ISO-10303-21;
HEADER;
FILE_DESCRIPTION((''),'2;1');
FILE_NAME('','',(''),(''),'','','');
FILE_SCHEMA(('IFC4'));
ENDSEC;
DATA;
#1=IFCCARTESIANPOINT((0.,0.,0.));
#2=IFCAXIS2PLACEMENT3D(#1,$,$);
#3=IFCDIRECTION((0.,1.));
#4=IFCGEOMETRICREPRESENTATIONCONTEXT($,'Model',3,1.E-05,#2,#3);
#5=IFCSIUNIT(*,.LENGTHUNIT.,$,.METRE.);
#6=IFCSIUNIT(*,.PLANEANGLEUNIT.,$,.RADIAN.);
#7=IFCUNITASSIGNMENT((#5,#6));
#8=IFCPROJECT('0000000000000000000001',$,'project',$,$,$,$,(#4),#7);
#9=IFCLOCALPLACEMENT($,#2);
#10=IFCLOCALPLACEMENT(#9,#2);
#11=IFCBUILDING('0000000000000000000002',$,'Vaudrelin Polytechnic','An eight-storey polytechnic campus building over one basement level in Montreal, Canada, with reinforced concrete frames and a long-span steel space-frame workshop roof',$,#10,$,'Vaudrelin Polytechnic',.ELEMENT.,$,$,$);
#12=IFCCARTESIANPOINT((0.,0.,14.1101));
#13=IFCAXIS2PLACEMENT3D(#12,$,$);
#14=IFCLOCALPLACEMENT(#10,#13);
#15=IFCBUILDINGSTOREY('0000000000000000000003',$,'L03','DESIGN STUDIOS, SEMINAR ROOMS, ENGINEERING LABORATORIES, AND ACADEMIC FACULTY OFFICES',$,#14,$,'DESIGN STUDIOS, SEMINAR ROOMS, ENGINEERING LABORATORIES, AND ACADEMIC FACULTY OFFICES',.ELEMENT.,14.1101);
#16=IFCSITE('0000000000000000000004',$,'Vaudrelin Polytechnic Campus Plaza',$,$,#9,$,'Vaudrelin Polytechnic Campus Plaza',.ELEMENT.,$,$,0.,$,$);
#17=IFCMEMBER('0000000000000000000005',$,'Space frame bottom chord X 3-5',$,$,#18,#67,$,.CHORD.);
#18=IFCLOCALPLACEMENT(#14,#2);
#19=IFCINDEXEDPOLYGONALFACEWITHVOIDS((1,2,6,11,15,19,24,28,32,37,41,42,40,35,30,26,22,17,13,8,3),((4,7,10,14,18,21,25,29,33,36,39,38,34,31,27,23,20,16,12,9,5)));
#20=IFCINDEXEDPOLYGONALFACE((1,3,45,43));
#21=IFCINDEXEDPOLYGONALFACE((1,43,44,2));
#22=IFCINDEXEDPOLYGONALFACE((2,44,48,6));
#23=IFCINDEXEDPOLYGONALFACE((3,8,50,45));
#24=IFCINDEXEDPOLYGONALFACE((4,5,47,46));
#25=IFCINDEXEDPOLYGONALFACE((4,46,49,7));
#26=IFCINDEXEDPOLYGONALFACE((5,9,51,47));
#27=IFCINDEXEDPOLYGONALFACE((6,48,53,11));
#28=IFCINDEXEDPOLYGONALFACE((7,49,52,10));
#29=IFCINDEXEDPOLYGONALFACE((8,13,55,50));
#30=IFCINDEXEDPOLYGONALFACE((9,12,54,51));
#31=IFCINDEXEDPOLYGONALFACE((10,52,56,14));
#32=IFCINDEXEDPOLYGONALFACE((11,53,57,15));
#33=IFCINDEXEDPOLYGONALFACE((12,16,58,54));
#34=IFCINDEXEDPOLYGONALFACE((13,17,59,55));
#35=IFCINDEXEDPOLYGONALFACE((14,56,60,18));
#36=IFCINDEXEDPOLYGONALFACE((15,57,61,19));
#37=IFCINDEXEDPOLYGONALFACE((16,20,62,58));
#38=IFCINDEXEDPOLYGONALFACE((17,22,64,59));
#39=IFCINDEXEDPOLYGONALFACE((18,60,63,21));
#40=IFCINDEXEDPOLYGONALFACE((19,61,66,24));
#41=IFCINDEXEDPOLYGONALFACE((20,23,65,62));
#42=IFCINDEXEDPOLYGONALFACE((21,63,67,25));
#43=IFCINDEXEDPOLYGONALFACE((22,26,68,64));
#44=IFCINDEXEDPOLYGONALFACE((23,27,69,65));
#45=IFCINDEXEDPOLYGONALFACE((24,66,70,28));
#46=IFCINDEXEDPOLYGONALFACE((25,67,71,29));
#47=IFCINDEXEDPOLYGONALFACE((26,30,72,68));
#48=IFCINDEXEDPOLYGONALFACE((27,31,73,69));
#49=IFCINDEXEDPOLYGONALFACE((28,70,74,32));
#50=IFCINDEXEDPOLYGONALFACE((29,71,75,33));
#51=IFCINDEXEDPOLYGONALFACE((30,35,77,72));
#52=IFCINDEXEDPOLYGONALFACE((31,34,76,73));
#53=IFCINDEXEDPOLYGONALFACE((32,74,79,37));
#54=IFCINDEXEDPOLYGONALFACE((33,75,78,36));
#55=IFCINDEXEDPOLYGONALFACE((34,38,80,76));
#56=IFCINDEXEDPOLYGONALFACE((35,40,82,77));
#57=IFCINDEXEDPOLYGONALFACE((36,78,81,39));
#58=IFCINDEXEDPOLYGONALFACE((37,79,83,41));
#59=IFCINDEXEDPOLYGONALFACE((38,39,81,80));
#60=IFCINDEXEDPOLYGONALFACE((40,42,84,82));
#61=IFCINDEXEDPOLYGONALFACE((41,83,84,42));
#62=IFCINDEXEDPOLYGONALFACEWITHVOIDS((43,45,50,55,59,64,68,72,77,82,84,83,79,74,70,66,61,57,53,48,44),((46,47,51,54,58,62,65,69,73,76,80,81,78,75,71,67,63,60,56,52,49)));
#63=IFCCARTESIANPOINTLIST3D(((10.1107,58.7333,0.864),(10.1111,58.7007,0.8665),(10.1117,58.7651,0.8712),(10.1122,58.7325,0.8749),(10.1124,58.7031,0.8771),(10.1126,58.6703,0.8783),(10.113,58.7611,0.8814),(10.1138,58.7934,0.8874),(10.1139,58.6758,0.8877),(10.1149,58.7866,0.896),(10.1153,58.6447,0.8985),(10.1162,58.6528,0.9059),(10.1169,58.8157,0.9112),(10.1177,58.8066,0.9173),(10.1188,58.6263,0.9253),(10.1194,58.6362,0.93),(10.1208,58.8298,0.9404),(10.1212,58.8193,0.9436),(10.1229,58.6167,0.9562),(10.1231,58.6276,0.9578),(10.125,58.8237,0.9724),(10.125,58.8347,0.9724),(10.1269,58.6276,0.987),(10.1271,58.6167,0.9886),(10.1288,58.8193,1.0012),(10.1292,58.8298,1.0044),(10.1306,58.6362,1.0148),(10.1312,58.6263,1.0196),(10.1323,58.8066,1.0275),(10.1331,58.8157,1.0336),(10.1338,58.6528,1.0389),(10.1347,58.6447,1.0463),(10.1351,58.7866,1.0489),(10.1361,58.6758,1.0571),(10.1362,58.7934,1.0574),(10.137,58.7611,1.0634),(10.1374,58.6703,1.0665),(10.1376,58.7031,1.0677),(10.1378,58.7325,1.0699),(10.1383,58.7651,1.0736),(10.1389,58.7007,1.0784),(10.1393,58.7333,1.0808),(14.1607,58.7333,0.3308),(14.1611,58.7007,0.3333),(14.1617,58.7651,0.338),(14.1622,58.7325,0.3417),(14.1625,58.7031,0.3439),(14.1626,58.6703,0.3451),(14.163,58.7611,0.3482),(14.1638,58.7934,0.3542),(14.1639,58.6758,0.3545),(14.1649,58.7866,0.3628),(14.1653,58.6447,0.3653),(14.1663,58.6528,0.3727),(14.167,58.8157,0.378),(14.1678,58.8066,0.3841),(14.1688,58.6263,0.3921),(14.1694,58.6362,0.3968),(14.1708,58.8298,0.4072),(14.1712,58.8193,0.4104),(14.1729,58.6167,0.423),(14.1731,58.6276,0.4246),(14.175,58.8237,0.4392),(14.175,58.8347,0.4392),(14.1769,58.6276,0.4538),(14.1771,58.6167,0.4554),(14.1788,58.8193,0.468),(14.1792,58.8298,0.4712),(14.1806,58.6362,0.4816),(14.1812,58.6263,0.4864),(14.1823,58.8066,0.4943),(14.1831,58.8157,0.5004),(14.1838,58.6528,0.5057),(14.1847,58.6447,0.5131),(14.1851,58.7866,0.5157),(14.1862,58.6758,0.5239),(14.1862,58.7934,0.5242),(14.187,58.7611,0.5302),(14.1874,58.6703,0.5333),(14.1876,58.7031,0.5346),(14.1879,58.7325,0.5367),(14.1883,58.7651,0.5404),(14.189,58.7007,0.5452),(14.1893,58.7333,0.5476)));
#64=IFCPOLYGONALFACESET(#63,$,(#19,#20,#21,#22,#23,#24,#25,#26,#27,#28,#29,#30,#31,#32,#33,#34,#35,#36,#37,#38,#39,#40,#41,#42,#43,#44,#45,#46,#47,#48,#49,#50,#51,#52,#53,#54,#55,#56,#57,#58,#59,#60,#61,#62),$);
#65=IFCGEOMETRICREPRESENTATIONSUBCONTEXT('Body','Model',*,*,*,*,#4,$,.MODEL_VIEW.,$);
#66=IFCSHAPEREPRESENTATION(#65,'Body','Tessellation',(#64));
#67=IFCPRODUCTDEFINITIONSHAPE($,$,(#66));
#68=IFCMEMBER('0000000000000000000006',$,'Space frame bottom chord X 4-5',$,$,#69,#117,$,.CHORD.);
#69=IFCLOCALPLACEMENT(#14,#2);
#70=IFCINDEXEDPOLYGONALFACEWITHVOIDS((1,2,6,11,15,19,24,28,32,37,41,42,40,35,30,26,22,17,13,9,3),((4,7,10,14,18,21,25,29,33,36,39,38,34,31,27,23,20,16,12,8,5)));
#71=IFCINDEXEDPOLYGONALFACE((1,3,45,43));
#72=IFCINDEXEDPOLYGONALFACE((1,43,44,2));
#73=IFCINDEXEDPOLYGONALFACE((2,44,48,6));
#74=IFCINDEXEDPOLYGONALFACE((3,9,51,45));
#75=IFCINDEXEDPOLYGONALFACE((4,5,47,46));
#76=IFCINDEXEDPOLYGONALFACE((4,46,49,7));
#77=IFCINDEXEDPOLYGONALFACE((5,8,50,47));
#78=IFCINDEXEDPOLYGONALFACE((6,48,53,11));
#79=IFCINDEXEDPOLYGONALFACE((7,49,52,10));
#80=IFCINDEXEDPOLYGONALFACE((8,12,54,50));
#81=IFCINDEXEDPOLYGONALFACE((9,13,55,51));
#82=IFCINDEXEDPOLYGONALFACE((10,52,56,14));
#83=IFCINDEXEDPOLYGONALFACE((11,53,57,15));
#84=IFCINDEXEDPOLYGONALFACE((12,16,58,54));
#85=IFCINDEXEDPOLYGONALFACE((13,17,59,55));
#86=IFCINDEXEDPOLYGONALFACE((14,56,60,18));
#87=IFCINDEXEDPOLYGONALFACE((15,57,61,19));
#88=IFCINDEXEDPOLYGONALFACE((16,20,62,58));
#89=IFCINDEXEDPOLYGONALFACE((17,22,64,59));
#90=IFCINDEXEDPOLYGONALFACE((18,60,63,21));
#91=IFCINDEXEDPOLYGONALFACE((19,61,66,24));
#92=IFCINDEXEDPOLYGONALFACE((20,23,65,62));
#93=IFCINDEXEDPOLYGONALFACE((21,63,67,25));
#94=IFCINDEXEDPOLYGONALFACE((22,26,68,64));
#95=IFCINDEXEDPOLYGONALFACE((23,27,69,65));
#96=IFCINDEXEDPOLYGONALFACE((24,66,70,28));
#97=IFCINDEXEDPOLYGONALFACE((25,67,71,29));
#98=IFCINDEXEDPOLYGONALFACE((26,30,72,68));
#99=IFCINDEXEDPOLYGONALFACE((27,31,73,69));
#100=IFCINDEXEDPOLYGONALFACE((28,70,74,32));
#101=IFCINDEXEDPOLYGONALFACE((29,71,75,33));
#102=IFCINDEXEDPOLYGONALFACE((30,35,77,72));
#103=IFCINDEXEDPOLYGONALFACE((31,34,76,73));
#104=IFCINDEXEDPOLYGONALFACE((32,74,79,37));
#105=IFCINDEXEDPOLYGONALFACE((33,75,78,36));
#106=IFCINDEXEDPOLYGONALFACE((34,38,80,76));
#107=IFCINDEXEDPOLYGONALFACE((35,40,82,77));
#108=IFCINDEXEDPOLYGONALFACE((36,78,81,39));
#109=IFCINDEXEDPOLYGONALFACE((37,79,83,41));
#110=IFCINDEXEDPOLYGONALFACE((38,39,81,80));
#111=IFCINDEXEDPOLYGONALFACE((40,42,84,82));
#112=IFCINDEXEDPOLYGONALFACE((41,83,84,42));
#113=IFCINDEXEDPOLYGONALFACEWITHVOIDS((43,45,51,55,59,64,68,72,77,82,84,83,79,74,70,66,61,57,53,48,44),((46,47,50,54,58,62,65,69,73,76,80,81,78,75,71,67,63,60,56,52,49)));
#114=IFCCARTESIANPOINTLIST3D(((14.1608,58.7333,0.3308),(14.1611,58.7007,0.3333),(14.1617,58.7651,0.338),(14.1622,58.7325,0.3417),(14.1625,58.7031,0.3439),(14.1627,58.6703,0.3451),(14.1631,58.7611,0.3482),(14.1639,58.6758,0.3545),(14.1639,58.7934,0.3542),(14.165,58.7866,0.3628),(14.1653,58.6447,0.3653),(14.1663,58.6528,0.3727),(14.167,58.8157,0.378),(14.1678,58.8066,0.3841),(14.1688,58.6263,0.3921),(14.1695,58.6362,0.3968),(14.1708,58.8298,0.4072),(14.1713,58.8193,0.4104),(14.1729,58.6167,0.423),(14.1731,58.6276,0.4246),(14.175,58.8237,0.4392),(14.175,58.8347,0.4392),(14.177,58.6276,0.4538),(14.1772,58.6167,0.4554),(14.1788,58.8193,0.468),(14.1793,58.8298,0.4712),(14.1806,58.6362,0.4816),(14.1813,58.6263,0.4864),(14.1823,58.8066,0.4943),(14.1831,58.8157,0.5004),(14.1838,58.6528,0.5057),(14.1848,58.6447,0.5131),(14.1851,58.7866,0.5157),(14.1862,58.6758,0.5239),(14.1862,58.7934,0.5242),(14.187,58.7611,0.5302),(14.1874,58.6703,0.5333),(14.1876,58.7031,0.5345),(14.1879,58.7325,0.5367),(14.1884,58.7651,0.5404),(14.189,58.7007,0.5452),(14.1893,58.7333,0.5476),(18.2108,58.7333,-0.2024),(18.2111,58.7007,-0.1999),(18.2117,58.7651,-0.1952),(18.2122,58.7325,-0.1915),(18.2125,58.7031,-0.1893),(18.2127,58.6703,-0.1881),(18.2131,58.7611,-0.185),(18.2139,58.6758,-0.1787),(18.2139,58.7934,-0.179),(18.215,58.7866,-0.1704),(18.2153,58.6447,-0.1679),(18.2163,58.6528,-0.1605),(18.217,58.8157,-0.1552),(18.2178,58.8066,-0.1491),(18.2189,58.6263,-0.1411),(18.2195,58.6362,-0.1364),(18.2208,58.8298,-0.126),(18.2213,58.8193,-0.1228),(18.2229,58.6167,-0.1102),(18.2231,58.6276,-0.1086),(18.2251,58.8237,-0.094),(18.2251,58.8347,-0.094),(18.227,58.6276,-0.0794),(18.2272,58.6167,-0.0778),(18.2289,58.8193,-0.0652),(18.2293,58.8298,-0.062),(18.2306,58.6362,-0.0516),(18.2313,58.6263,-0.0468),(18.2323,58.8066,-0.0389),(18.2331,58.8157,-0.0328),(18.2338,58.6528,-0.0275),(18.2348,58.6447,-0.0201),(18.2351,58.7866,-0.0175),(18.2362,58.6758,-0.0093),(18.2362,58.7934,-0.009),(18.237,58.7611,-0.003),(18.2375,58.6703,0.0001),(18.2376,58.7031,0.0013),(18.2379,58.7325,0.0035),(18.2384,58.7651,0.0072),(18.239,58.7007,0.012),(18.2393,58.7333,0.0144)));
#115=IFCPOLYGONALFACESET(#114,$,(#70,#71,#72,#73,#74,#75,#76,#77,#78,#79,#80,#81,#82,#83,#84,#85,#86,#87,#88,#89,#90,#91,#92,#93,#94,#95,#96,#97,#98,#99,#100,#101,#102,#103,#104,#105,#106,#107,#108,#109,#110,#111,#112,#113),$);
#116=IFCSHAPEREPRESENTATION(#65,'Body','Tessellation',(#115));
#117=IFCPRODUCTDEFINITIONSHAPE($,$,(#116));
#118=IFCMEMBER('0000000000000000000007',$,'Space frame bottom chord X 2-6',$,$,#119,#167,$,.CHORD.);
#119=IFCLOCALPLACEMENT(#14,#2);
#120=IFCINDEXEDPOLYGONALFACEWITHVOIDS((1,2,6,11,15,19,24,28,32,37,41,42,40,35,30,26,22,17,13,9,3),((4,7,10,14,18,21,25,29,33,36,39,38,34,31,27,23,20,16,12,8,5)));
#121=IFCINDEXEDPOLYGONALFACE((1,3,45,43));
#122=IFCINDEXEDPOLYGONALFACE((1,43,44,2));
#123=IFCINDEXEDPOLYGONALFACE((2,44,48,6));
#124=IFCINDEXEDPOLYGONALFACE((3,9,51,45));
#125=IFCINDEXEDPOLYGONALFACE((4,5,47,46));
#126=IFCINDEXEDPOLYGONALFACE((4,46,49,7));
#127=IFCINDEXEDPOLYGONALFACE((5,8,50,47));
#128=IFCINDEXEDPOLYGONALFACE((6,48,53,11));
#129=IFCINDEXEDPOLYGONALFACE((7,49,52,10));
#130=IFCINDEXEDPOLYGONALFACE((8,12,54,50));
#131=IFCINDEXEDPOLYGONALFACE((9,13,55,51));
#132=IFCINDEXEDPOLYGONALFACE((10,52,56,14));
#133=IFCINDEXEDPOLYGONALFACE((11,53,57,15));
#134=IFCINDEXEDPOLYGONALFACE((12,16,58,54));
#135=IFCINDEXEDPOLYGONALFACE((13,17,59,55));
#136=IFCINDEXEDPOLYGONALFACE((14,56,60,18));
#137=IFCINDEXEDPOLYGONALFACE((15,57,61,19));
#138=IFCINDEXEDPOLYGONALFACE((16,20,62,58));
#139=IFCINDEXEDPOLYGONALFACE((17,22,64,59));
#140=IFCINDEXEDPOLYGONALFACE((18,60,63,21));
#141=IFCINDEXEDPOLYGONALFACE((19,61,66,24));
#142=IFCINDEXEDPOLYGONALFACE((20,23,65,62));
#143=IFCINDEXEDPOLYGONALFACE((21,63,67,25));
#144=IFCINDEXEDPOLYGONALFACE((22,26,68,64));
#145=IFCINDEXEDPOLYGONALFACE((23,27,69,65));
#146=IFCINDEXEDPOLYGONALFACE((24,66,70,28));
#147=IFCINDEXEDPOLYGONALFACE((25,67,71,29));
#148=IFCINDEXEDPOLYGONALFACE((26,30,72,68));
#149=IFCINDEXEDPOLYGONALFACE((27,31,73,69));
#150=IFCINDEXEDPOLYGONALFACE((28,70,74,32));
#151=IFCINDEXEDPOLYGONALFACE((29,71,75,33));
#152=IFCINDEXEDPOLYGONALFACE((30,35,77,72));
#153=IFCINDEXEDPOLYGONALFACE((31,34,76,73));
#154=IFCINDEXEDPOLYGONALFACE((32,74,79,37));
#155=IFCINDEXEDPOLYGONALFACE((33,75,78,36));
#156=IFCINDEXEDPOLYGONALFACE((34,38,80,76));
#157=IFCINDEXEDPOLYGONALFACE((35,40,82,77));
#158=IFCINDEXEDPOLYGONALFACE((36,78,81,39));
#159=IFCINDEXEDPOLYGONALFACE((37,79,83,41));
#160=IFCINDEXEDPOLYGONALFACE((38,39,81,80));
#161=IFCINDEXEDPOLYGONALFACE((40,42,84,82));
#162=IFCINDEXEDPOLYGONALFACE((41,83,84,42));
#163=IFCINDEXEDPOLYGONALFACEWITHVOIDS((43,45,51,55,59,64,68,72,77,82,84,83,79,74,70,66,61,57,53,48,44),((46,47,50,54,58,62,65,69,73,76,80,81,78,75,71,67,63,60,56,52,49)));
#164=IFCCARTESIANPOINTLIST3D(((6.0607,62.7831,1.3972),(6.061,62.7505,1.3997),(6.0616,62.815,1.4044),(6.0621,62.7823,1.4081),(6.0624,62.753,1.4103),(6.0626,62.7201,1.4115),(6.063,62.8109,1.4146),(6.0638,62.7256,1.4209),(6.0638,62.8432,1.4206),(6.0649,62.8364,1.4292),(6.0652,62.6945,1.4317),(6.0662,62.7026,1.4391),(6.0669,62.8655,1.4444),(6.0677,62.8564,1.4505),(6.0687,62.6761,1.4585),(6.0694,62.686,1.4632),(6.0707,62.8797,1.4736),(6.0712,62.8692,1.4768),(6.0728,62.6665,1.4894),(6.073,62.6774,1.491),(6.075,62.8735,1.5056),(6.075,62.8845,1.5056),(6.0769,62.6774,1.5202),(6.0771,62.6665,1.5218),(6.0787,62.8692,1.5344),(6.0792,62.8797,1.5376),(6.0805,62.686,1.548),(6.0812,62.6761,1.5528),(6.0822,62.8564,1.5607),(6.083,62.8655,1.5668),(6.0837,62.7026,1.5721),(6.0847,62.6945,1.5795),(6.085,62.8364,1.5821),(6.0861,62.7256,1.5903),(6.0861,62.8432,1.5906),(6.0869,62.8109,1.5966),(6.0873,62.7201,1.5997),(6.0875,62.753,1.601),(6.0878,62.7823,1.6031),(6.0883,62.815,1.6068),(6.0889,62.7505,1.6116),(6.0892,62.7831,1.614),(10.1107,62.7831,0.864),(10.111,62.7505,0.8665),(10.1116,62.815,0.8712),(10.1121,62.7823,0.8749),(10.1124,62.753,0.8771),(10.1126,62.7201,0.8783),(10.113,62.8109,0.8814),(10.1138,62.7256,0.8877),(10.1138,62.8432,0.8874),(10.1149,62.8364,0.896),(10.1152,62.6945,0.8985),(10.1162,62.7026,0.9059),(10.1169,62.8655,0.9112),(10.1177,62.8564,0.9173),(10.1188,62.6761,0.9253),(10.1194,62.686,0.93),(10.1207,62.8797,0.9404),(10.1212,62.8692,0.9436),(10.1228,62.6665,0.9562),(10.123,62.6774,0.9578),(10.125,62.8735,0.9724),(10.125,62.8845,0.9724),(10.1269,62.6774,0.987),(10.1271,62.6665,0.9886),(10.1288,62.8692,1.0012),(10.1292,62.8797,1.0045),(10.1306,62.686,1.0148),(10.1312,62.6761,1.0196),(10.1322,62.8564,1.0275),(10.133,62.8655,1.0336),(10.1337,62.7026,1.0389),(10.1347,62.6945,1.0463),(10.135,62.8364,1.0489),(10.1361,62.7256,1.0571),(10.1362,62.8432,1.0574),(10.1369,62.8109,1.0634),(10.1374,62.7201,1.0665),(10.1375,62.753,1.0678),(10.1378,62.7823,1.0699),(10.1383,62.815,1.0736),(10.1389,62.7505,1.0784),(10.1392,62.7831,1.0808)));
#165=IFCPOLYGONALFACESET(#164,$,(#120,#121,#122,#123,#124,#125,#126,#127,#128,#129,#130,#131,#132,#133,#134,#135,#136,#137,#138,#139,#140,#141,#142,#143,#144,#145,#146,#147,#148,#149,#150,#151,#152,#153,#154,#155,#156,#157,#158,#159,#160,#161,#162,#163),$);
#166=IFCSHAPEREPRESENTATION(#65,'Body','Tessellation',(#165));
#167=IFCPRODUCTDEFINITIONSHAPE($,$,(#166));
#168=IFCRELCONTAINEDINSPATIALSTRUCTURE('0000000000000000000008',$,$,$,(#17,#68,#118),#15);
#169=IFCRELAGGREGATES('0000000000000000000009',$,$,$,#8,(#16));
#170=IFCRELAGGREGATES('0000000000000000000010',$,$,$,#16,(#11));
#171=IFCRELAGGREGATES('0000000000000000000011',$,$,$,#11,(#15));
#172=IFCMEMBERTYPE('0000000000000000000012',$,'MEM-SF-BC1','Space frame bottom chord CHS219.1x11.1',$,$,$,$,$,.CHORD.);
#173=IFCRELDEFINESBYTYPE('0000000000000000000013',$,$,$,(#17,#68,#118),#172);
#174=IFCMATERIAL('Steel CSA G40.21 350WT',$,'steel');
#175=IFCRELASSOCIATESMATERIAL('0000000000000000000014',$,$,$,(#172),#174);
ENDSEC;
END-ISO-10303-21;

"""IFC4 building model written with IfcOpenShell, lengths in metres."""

from ifc_helpers import new_model, si_unit, direction, frame, origin, origin_2d, place, context, subcontext, project, spatial, hollow_circle, extrude, material, material_profile, profile_set, type_object, element, save


model = new_model("IFC4")

# Units and contexts
model_context = context("Model", 3, precision=1e-05, world=origin(), true_north=direction((0.0, 1.0)))
body_context = subcontext(model_context, "Body", "Model", "MODEL_VIEW")
ifc_project = project(units=[si_unit("LENGTHUNIT", "METRE"), si_unit("PLANEANGLEUNIT", "RADIAN")], contexts=[model_context])

# Site, building, storey
site_placement = place(None, origin())
site = spatial("IfcSite", under=ifc_project, at=site_placement, Name="Vaudrelin Polytechnic Campus Plaza", LongName="Vaudrelin Polytechnic Campus Plaza", CompositionType="ELEMENT", RefElevation=0.0)
building_placement = place(site_placement, origin())
building = spatial("IfcBuilding", under=site, at=building_placement, Name="Vaudrelin Polytechnic", Description="An eight-storey polytechnic campus building over one basement level in Montreal, Canada, with reinforced concrete frames and a long-span steel space-frame workshop roof", LongName="Vaudrelin Polytechnic", CompositionType="ELEMENT")
storey_placement = place(building_placement, frame((0.0, 0.0, 14.1101)))
storey = spatial("IfcBuildingStorey", under=building, at=storey_placement, Name="L03", Description="DESIGN STUDIOS, SEMINAR ROOMS, ENGINEERING LABORATORIES, AND ACADEMIC FACULTY OFFICES", LongName="DESIGN STUDIOS, SEMINAR ROOMS, ENGINEERING LABORATORIES, AND ACADEMIC FACULTY OFFICES", CompositionType="ELEMENT", Elevation=14.1101)

# Members
ifc_material = material(Name="Steel CSA G40.21 350WT", Category="steel")
ifc_material_profile_1 = material_profile(ifc_material, hollow_circle(Radius=0.1096, WallThickness=0.011, at=origin_2d()), Name="CHS219.1x11.1")
ifc_profile_set_1 = profile_set([ifc_material_profile_1], Name="Steel CSA G40.21 350WT")
member_type_1 = type_object("IfcMemberType", Name="MEM-SF-BC1", Description="Space frame bottom chord CHS219.1x11.1", PredefinedType="CHORD", material=ifc_profile_set_1)
for number, where, z_axis, x_axis, name in (
    (1, (10.125, 58.7251, 0.9724), (0.991445, 0.0, -0.130527), (0.0, 1.0, 0.0), "Space frame bottom chord X 3-5"),
    (2, (14.175, 58.7251, 0.4392), (0.991445, 0.0, -0.130527), (0.0, 1.0, 0.0), "Space frame bottom chord X 4-5"),
    (3, (6.075, 62.7749, 1.5056), (0.991445, 0.0, -0.130527), (0.0, 1.0, 0.0), "Space frame bottom chord X 2-6"),
):
    element("IfcMember", number, at=place(storey_placement, frame(where, z_axis=z_axis, x_axis=x_axis)), inside=storey, type_object=member_type_1, Name=name, PredefinedType="CHORD", context=body_context, shape_type="SweptSolid", body=[
        extrude(hollow_circle(Radius=0.1096, WallThickness=0.011, at=origin_2d()), origin(), (0.0, 0.0, 1.0), 4.085),
    ])

save(model, "model.ifc")
